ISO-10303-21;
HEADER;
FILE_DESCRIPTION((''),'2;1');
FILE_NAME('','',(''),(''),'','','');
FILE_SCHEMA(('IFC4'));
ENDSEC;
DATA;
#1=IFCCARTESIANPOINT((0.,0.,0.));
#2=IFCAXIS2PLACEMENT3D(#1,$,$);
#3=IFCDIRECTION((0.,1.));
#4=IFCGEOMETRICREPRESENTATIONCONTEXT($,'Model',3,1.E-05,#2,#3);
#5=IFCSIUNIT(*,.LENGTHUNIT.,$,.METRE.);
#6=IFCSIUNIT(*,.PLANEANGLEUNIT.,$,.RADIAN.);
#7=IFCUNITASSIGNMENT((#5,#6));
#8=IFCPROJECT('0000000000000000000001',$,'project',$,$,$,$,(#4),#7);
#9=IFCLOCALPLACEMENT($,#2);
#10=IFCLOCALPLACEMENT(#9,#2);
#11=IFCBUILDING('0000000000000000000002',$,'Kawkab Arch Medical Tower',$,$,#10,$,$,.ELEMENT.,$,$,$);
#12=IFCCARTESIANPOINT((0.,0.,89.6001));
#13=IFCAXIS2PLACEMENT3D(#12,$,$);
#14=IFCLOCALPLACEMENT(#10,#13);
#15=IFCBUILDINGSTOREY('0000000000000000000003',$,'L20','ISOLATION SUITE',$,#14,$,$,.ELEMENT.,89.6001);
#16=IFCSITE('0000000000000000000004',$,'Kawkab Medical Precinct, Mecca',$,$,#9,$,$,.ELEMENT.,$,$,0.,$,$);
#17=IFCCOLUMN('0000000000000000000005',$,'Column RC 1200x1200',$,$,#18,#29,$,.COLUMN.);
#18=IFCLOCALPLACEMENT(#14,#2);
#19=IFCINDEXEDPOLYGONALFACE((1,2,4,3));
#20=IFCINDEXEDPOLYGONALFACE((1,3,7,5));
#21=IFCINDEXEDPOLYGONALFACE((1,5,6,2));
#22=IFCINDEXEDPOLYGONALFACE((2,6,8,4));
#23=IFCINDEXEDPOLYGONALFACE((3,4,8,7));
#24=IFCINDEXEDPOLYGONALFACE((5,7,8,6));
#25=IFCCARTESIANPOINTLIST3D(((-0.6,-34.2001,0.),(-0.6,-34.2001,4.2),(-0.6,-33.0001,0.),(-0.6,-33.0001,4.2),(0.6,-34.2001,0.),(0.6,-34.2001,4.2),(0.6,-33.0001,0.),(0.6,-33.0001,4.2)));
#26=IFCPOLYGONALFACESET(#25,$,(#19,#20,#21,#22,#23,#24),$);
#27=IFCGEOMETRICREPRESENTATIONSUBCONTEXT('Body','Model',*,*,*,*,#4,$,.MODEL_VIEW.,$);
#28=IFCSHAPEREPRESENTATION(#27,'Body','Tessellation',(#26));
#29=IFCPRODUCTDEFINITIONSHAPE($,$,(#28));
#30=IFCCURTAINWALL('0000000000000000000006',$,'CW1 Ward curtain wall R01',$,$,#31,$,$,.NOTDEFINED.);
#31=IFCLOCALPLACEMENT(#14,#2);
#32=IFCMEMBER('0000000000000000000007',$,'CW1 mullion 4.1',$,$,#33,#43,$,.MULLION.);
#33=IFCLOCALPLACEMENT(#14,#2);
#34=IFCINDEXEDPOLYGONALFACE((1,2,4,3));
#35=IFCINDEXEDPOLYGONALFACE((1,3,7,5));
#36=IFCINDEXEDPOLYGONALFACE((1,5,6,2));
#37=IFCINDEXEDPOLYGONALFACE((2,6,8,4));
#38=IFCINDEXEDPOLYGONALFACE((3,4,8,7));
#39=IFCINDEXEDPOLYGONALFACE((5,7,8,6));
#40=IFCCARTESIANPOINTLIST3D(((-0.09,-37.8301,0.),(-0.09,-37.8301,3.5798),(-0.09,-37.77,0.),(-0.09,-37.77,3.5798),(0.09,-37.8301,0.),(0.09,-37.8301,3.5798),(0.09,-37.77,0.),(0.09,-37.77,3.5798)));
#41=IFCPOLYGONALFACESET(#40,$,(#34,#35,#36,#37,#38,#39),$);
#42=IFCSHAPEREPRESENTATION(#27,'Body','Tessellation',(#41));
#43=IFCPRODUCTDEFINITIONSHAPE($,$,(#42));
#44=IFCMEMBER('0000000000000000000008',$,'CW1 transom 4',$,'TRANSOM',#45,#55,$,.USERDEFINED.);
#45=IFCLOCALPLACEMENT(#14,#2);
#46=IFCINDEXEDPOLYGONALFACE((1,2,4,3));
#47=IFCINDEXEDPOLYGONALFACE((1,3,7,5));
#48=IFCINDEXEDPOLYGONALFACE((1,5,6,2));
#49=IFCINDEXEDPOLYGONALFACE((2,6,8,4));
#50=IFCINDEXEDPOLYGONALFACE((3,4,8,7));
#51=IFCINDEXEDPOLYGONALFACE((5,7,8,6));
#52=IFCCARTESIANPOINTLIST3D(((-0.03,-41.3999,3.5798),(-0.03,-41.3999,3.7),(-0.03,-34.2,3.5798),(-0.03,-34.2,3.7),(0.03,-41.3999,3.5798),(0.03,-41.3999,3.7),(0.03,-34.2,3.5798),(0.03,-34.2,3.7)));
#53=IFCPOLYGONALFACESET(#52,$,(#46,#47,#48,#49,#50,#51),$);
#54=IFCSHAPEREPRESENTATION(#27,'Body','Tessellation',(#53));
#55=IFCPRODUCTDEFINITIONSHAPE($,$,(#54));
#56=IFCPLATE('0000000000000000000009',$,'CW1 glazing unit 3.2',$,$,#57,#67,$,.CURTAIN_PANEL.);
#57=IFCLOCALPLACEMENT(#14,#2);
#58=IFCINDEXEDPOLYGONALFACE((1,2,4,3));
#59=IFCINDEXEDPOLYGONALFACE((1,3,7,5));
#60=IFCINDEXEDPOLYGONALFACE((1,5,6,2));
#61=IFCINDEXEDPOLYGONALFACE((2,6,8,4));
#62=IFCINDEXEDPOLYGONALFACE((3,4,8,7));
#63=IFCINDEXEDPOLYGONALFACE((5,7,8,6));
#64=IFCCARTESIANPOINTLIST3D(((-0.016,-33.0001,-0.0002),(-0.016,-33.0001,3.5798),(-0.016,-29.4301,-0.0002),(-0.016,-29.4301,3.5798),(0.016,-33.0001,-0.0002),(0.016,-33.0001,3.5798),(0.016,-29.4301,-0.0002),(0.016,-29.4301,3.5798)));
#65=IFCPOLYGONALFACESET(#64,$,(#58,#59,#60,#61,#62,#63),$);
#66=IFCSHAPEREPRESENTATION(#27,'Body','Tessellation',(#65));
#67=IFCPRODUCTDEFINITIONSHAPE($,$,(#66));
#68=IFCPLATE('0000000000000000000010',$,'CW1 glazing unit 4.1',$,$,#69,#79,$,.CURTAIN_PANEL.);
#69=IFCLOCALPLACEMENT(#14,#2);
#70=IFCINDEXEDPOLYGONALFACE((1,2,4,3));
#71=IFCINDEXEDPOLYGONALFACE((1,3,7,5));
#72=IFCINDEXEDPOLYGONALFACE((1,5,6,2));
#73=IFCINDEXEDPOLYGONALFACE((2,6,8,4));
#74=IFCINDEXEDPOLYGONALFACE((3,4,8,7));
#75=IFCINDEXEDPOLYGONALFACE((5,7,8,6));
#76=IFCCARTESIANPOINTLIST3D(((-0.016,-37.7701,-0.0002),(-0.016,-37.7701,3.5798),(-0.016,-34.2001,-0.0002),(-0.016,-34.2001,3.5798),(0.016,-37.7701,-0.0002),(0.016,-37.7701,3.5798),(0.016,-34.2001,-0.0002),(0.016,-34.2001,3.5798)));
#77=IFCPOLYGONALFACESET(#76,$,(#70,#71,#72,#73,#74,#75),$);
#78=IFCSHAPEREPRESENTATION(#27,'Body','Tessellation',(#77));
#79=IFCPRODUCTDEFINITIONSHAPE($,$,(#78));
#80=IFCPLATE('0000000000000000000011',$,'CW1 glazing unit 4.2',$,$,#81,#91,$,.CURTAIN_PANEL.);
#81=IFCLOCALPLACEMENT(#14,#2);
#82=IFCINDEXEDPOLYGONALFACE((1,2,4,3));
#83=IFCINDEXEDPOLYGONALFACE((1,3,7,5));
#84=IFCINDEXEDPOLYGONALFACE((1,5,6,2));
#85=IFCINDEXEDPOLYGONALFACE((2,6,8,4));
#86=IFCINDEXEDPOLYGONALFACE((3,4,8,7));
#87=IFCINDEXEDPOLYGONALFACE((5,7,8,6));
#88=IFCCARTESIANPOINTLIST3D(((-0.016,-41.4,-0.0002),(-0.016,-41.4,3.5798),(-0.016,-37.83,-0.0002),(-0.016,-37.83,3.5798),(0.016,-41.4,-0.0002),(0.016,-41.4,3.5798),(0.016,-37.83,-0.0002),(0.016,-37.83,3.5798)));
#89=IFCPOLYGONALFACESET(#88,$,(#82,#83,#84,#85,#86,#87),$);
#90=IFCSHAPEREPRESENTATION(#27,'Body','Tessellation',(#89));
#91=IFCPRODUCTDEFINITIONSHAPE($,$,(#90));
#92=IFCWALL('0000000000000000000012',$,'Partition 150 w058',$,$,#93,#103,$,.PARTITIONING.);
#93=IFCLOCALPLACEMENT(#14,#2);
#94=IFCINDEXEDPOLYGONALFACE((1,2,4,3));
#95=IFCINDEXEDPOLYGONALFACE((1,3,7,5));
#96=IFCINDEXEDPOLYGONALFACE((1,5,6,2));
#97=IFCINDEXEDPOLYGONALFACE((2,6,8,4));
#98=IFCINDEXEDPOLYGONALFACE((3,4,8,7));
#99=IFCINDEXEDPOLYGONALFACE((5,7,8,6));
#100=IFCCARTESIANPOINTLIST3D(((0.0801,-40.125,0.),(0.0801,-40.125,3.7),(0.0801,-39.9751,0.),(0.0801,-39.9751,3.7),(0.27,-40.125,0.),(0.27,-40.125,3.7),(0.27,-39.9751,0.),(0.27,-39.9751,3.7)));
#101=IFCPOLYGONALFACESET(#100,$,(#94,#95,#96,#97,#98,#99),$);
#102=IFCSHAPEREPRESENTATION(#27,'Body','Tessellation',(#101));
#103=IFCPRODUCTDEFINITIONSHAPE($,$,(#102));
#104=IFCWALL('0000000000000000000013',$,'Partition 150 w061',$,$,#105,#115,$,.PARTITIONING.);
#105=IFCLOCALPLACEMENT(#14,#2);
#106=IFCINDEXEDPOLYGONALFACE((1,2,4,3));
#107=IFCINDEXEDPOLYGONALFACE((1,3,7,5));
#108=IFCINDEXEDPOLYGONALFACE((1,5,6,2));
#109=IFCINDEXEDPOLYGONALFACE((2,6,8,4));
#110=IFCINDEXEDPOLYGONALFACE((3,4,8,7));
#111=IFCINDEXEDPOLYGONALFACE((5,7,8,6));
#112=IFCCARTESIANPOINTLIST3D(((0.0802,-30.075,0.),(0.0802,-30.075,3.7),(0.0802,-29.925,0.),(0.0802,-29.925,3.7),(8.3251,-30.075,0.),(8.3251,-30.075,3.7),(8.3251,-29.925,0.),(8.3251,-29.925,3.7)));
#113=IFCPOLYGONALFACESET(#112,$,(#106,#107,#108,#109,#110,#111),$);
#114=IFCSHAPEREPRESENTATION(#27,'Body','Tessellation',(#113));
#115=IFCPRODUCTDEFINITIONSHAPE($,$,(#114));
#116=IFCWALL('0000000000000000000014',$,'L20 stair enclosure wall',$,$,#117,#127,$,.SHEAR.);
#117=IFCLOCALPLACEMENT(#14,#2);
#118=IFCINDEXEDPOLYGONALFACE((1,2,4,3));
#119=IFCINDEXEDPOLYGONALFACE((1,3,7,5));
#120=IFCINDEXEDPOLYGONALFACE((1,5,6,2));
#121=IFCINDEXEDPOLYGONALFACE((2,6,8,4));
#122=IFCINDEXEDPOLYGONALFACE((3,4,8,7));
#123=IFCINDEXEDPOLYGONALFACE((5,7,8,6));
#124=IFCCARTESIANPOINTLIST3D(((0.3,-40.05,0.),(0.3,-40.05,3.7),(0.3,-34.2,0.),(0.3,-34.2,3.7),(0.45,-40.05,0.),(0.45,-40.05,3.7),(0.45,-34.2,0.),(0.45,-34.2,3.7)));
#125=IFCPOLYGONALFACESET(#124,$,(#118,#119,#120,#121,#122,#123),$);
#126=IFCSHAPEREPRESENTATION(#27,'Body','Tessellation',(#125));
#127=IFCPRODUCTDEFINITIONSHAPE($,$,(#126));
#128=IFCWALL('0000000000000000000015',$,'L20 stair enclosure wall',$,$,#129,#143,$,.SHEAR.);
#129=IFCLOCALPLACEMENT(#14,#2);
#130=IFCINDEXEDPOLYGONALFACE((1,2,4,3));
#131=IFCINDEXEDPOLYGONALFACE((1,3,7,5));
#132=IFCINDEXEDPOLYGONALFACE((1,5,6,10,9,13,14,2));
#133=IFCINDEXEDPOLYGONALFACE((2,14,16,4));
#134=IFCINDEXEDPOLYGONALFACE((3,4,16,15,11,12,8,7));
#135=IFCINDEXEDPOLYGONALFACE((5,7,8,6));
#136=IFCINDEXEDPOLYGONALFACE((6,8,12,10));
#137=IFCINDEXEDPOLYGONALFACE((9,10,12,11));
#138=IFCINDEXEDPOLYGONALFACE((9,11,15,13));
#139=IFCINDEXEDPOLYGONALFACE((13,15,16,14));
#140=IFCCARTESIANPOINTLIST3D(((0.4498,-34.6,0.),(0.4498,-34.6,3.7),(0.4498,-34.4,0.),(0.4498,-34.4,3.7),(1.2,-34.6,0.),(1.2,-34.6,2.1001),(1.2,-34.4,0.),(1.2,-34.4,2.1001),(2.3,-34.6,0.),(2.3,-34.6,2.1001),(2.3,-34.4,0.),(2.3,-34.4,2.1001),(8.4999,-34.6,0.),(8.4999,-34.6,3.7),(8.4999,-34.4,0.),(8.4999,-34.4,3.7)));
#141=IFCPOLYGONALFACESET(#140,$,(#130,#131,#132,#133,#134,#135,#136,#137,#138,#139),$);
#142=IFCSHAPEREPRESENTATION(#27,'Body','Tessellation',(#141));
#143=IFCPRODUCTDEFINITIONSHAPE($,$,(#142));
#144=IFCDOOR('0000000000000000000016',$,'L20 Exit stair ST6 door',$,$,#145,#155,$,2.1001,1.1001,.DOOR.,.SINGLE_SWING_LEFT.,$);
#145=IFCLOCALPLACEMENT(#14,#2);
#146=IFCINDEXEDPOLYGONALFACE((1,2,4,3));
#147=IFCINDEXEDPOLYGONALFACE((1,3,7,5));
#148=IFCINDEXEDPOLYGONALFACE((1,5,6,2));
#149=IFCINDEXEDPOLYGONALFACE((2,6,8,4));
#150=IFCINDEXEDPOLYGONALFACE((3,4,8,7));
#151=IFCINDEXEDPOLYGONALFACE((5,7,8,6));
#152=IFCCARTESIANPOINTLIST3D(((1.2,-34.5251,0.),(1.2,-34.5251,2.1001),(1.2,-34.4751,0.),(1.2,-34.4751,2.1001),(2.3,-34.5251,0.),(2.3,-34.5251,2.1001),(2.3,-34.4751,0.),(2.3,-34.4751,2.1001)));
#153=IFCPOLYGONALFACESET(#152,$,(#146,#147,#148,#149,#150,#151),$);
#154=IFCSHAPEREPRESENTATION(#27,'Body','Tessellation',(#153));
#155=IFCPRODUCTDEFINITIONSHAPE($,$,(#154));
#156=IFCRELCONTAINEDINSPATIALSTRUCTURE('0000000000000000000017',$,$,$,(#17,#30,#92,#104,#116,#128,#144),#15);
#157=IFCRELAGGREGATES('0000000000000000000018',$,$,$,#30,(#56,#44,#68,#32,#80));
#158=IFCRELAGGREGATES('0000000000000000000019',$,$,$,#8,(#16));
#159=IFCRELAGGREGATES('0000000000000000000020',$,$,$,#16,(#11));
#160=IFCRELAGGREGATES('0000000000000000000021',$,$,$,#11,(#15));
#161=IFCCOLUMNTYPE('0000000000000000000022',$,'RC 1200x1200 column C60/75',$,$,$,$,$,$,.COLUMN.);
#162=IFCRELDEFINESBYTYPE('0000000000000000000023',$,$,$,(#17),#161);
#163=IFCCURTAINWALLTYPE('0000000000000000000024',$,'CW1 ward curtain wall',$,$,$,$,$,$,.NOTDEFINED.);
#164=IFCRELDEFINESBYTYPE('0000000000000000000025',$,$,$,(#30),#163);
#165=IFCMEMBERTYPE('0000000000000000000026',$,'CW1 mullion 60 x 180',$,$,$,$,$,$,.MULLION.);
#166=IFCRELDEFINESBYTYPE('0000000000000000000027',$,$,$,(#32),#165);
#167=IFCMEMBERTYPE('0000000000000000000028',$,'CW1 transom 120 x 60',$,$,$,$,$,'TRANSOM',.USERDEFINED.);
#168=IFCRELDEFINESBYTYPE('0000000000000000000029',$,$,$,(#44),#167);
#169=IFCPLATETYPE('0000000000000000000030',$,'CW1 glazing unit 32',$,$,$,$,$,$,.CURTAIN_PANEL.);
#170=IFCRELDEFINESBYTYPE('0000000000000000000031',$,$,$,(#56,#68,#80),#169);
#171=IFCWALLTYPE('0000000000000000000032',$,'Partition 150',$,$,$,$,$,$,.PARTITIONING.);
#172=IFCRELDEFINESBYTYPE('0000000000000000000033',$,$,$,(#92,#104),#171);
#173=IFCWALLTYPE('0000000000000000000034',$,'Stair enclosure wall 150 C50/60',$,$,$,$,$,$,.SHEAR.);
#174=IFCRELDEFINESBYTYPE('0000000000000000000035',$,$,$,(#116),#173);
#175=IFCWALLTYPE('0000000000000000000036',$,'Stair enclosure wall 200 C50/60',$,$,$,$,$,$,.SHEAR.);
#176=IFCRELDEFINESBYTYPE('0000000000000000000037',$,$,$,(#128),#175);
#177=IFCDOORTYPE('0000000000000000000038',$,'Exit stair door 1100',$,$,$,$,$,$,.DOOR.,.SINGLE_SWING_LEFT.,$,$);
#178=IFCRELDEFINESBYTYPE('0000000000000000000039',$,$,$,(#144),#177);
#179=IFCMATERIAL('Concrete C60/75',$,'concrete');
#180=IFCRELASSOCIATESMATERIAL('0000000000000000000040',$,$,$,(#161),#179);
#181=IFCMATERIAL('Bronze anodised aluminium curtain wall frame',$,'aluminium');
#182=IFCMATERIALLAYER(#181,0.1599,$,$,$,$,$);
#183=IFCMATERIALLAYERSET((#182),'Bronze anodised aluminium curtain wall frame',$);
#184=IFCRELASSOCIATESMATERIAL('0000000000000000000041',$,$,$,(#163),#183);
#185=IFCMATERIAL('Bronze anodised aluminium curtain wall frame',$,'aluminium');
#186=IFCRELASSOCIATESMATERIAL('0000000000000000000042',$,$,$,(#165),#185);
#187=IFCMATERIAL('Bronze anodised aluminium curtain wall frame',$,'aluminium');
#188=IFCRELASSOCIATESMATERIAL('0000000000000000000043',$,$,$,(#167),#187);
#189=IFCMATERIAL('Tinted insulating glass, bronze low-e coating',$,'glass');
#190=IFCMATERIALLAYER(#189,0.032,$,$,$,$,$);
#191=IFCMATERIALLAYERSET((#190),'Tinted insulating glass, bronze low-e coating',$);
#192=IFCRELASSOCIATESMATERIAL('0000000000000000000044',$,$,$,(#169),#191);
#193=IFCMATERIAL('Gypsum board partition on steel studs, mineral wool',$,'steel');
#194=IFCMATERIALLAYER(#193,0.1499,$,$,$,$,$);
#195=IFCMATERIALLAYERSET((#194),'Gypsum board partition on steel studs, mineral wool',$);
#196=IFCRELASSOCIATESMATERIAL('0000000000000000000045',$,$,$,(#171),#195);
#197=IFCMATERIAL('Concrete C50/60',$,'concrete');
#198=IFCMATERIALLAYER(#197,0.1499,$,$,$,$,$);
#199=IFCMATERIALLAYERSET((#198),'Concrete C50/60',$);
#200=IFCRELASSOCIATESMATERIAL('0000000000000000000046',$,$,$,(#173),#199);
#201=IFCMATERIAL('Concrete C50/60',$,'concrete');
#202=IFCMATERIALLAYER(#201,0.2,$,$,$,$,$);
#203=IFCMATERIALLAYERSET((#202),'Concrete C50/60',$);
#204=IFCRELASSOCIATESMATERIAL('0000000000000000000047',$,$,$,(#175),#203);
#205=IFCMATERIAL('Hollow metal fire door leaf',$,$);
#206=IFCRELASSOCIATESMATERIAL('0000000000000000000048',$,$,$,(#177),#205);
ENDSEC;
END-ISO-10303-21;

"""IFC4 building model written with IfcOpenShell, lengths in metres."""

from ifc_helpers import new_model, si_unit, direction, frame, frame_2d, origin, origin_2d, place, context, subcontext, project, spatial, rectangle, extrude, material, layer, layer_set, material_profile, profile_set, type_object, element, fill, aggregate, save


model = new_model("IFC4")

# Units and contexts
model_context = context("Model", 3, precision=1e-05, world=origin(), true_north=direction((0.0, 1.0)))
body_context = subcontext(model_context, "Body", "Model", "MODEL_VIEW")
ifc_project = project(units=[si_unit("LENGTHUNIT", "METRE"), si_unit("PLANEANGLEUNIT", "RADIAN")], contexts=[model_context])

# Site, building, storey
site_placement = place(None, origin())
site = spatial("IfcSite", under=ifc_project, at=site_placement, Name="Kawkab Medical Precinct, Mecca", CompositionType="ELEMENT", RefElevation=0.0)
building_placement = place(site_placement, origin())
building = spatial("IfcBuilding", under=site, at=building_placement, Name="Kawkab Arch Medical Tower", CompositionType="ELEMENT")
storey_placement = place(building_placement, frame((0.0, 0.0, 89.6001)))
storey = spatial("IfcBuildingStorey", under=building, at=storey_placement, Name="L20", Description="ISOLATION SUITE", CompositionType="ELEMENT", Elevation=89.6001)

# Column
ifc_material_1 = material(Name="Concrete C60/75", Category="concrete")
ifc_material_profile_1 = material_profile(ifc_material_1, rectangle(XDim=1.2, YDim=1.2, at=origin_2d()), Name="RC 1200x1200")
ifc_profile_set_1 = profile_set([ifc_material_profile_1], Name="Concrete C60/75")
column_type = type_object("IfcColumnType", Name="RC 1200x1200 column C60/75", PredefinedType="COLUMN", material=ifc_profile_set_1)
column_placement = place(storey_placement, frame((0.0, -33.6001, 0.0), z_axis=(0.0, 0.0, 1.0), x_axis=(1.0, 0.0, 0.0)))
element("IfcColumn", 1, at=column_placement, inside=storey, type_object=column_type, Name="Column RC 1200x1200", PredefinedType="COLUMN", context=body_context, shape_type="SweptSolid", body=[
    extrude(rectangle(XDim=1.2, YDim=1.2, at=origin_2d()), origin(), (0.0, 0.0, 1.0), 4.2),
])

# Curtain wall, members, plates
ifc_material_2 = material(Name="Bronze anodised aluminium curtain wall frame", Category="aluminium")
ifc_layer_1 = layer(ifc_material_2, 0.1599)
ifc_layer_set_1 = layer_set([ifc_layer_1], Name="Bronze anodised aluminium curtain wall frame")
curtain_wall_type = type_object("IfcCurtainWallType", Name="CW1 ward curtain wall", PredefinedType="NOTDEFINED", material=ifc_layer_set_1)
curtain_wall_placement = place(storey_placement, origin())
curtain_wall = element("IfcCurtainWall", 2, at=curtain_wall_placement, inside=storey, type_object=curtain_wall_type, Name="CW1 Ward curtain wall R01", PredefinedType="NOTDEFINED")
ifc_material_3 = material(Name="Bronze anodised aluminium curtain wall frame", Category="aluminium")
ifc_material_profile_2 = material_profile(ifc_material_3, rectangle(XDim=0.1799, YDim=0.0601, at=origin_2d()), Name="AL 60x180")
ifc_profile_set_2 = profile_set([ifc_material_profile_2], Name="Bronze anodised aluminium curtain wall frame")
member_type_1 = type_object("IfcMemberType", Name="CW1 mullion 60 x 180", PredefinedType="MULLION", material=ifc_profile_set_2)
member_1_placement = place(storey_placement, frame((0.0, -37.8, 0.0), z_axis=(0.0, 0.0, 1.0), x_axis=(1.0, 0.0, 0.0)))
member_1 = element("IfcMember", 3, at=member_1_placement, type_object=member_type_1, Name="CW1 mullion 4.1", PredefinedType="MULLION", context=body_context, shape_type="SweptSolid", body=[
    extrude(rectangle(XDim=0.1799, YDim=0.0601, at=origin_2d()), origin(), (0.0, 0.0, 1.0), 3.5798),
])
ifc_material_4 = material(Name="Bronze anodised aluminium curtain wall frame", Category="aluminium")
ifc_material_profile_3 = material_profile(ifc_material_4, rectangle(XDim=0.0601, YDim=0.1201, at=origin_2d()), Name="AL 60x120")
ifc_profile_set_3 = profile_set([ifc_material_profile_3], Name="Bronze anodised aluminium curtain wall frame")
member_type_2 = type_object("IfcMemberType", Name="CW1 transom 120 x 60", ElementType="TRANSOM", PredefinedType="USERDEFINED", material=ifc_profile_set_3)
member_2_placement = place(storey_placement, frame((0.0, -34.2, 3.6399), z_axis=(0.0, -1.0, 0.0), x_axis=(1.0, 0.0, 0.0)))
member_2 = element("IfcMember", 4, at=member_2_placement, type_object=member_type_2, Name="CW1 transom 4", ObjectType="TRANSOM", PredefinedType="USERDEFINED", context=body_context, shape_type="SweptSolid", body=[
    extrude(rectangle(XDim=0.0601, YDim=0.1201, at=origin_2d()), origin(), (0.0, 0.0, 1.0), 7.2),
])
ifc_material_5 = material(Name="Tinted insulating glass, bronze low-e coating", Category="glass")
ifc_layer_2 = layer(ifc_material_5, 0.032)
ifc_layer_set_2 = layer_set([ifc_layer_2], Name="Tinted insulating glass, bronze low-e coating")
plate_type = type_object("IfcPlateType", Name="CW1 glazing unit 32", PredefinedType="CURTAIN_PANEL", material=ifc_layer_set_2)
plate_1_placement = place(storey_placement, frame((0.0, -31.2151, -0.0002), z_axis=(0.0, 0.0, 1.0), x_axis=(0.0, -1.0, 0.0)))
plate_1 = element("IfcPlate", 5, at=plate_1_placement, type_object=plate_type, Name="CW1 glazing unit 3.2", PredefinedType="CURTAIN_PANEL", context=body_context, shape_type="SweptSolid", body=[
    extrude(rectangle(XDim=3.5701, YDim=0.032, at=origin_2d()), origin(), (0.0, 0.0, 1.0), 3.5801),
])
plate_2_placement = place(storey_placement, frame((0.0, -35.9851, -0.0002), z_axis=(0.0, 0.0, 1.0), x_axis=(0.0, -1.0, 0.0)))
plate_2 = element("IfcPlate", 6, at=plate_2_placement, type_object=plate_type, Name="CW1 glazing unit 4.1", PredefinedType="CURTAIN_PANEL", context=body_context, shape_type="SweptSolid", body=[
    extrude(rectangle(XDim=3.5701, YDim=0.032, at=origin_2d()), origin(), (0.0, 0.0, 1.0), 3.5801),
])
plate_3_placement = place(storey_placement, frame((0.0, -39.615, -0.0002), z_axis=(0.0, 0.0, 1.0), x_axis=(0.0, -1.0, 0.0)))
plate_3 = element("IfcPlate", 7, at=plate_3_placement, type_object=plate_type, Name="CW1 glazing unit 4.2", PredefinedType="CURTAIN_PANEL", context=body_context, shape_type="SweptSolid", body=[
    extrude(rectangle(XDim=3.5701, YDim=0.032, at=origin_2d()), origin(), (0.0, 0.0, 1.0), 3.5801),
])
aggregate(curtain_wall, [plate_1, member_2, plate_2, member_1, plate_3])

# Walls
ifc_material_6 = material(Name="Gypsum board partition on steel studs, mineral wool", Category="steel")
ifc_layer_3 = layer(ifc_material_6, 0.1499)
ifc_layer_set_3 = layer_set([ifc_layer_3], Name="Gypsum board partition on steel studs, mineral wool")
wall_type_1 = type_object("IfcWallType", Name="Partition 150", PredefinedType="PARTITIONING", material=ifc_layer_set_3)
wall_1_placement = place(storey_placement, frame((0.0801, -40.05, 0.0), z_axis=(0.0, 0.0, 1.0), x_axis=(1.0, 0.0, 0.0)))
element("IfcWall", 8, at=wall_1_placement, inside=storey, type_object=wall_type_1, Name="Partition 150 w058", PredefinedType="PARTITIONING", context=body_context, shape_type="SweptSolid", body=[
    extrude(rectangle(XDim=0.1899, YDim=0.1499, at=frame_2d((0.095, 0.0))), origin(), (0.0, 0.0, 1.0), 3.7),
])
wall_2_placement = place(storey_placement, frame((0.0801, -30.0, 0.0), z_axis=(0.0, 0.0, 1.0), x_axis=(1.0, 0.0, 0.0)))
element("IfcWall", 9, at=wall_2_placement, inside=storey, type_object=wall_type_1, Name="Partition 150 w061", PredefinedType="PARTITIONING", context=body_context, shape_type="SweptSolid", body=[
    extrude(rectangle(XDim=8.2449, YDim=0.1499, at=frame_2d((4.1226, 0.0))), origin(), (0.0, 0.0, 1.0), 3.7),
])
ifc_material_7 = material(Name="Concrete C50/60", Category="concrete")
ifc_layer_4 = layer(ifc_material_7, 0.1499)
ifc_layer_set_4 = layer_set([ifc_layer_4], Name="Concrete C50/60")
wall_type_2 = type_object("IfcWallType", Name="Stair enclosure wall 150 C50/60", PredefinedType="SHEAR", material=ifc_layer_set_4)
wall_3_placement = place(storey_placement, frame((0.375, -40.05, 0.0), z_axis=(0.0, 0.0, 1.0), x_axis=(0.0, 1.0, 0.0)))
element("IfcWall", 10, at=wall_3_placement, inside=storey, type_object=wall_type_2, Name="L20 stair enclosure wall", PredefinedType="SHEAR", context=body_context, shape_type="SweptSolid", body=[
    extrude(rectangle(XDim=5.8501, YDim=0.1499, at=frame_2d((2.925, 0.0))), origin(), (0.0, 0.0, 1.0), 3.7),
])

# Wall, opening, door
ifc_material_8 = material(Name="Concrete C50/60", Category="concrete")
ifc_layer_5 = layer(ifc_material_8, 0.2)
ifc_layer_set_5 = layer_set([ifc_layer_5], Name="Concrete C50/60")
wall_type_3 = type_object("IfcWallType", Name="Stair enclosure wall 200 C50/60", PredefinedType="SHEAR", material=ifc_layer_set_5)
wall_4_placement = place(storey_placement, frame((0.45, -34.5, 0.0), z_axis=(0.0, 0.0, 1.0), x_axis=(1.0, 0.0, 0.0)))
wall_4 = element("IfcWall", 11, at=wall_4_placement, inside=storey, type_object=wall_type_3, Name="L20 stair enclosure wall", PredefinedType="SHEAR", context=body_context, shape_type="SweptSolid", body=[
    extrude(rectangle(XDim=8.05, YDim=0.2, at=frame_2d((4.0249, 0.0))), origin(), (0.0, 0.0, 1.0), 3.7),
])
opening_1_placement = place(wall_4_placement, frame((0.75, 0.0, 0.0)))
opening_1 = element("IfcOpeningElement", 12, at=opening_1_placement, cuts=wall_4, PredefinedType="OPENING", context=body_context, shape_type="SweptSolid", body=[
    extrude(rectangle(XDim=1.1001, YDim=2.1001, at=frame_2d((0.55, 1.05))), frame((0.0, 0.1099, 0.0), z_axis=(0.0, -1.0, 0.0), x_axis=(1.0, 0.0, 0.0)), (0.0, 0.0, 1.0), 0.22),
])
ifc_material_9 = material(Name="Hollow metal fire door leaf")
door_type_1 = type_object("IfcDoorType", Name="Exit stair door 1100", OperationType="SINGLE_SWING_LEFT", PredefinedType="DOOR", material=ifc_material_9)
door_1_placement = place(opening_1_placement, origin())
door_1 = element("IfcDoor", 13, at=door_1_placement, inside=storey, type_object=door_type_1, Name="L20 Exit stair ST6 door", OperationType="SINGLE_SWING_LEFT", OverallHeight=2.1001, OverallWidth=1.1001, PredefinedType="DOOR", context=body_context, shape_type="SweptSolid", body=[
    extrude(rectangle(XDim=1.1001, YDim=2.1001, at=frame_2d((0.55, 1.05))), frame((0.0, 0.0249, 0.0), z_axis=(0.0, -1.0, 0.0), x_axis=(1.0, 0.0, 0.0)), (0.0, 0.0, 1.0), 0.05),
])
fill(opening_1, door_1)

save(model, "model.ifc")
